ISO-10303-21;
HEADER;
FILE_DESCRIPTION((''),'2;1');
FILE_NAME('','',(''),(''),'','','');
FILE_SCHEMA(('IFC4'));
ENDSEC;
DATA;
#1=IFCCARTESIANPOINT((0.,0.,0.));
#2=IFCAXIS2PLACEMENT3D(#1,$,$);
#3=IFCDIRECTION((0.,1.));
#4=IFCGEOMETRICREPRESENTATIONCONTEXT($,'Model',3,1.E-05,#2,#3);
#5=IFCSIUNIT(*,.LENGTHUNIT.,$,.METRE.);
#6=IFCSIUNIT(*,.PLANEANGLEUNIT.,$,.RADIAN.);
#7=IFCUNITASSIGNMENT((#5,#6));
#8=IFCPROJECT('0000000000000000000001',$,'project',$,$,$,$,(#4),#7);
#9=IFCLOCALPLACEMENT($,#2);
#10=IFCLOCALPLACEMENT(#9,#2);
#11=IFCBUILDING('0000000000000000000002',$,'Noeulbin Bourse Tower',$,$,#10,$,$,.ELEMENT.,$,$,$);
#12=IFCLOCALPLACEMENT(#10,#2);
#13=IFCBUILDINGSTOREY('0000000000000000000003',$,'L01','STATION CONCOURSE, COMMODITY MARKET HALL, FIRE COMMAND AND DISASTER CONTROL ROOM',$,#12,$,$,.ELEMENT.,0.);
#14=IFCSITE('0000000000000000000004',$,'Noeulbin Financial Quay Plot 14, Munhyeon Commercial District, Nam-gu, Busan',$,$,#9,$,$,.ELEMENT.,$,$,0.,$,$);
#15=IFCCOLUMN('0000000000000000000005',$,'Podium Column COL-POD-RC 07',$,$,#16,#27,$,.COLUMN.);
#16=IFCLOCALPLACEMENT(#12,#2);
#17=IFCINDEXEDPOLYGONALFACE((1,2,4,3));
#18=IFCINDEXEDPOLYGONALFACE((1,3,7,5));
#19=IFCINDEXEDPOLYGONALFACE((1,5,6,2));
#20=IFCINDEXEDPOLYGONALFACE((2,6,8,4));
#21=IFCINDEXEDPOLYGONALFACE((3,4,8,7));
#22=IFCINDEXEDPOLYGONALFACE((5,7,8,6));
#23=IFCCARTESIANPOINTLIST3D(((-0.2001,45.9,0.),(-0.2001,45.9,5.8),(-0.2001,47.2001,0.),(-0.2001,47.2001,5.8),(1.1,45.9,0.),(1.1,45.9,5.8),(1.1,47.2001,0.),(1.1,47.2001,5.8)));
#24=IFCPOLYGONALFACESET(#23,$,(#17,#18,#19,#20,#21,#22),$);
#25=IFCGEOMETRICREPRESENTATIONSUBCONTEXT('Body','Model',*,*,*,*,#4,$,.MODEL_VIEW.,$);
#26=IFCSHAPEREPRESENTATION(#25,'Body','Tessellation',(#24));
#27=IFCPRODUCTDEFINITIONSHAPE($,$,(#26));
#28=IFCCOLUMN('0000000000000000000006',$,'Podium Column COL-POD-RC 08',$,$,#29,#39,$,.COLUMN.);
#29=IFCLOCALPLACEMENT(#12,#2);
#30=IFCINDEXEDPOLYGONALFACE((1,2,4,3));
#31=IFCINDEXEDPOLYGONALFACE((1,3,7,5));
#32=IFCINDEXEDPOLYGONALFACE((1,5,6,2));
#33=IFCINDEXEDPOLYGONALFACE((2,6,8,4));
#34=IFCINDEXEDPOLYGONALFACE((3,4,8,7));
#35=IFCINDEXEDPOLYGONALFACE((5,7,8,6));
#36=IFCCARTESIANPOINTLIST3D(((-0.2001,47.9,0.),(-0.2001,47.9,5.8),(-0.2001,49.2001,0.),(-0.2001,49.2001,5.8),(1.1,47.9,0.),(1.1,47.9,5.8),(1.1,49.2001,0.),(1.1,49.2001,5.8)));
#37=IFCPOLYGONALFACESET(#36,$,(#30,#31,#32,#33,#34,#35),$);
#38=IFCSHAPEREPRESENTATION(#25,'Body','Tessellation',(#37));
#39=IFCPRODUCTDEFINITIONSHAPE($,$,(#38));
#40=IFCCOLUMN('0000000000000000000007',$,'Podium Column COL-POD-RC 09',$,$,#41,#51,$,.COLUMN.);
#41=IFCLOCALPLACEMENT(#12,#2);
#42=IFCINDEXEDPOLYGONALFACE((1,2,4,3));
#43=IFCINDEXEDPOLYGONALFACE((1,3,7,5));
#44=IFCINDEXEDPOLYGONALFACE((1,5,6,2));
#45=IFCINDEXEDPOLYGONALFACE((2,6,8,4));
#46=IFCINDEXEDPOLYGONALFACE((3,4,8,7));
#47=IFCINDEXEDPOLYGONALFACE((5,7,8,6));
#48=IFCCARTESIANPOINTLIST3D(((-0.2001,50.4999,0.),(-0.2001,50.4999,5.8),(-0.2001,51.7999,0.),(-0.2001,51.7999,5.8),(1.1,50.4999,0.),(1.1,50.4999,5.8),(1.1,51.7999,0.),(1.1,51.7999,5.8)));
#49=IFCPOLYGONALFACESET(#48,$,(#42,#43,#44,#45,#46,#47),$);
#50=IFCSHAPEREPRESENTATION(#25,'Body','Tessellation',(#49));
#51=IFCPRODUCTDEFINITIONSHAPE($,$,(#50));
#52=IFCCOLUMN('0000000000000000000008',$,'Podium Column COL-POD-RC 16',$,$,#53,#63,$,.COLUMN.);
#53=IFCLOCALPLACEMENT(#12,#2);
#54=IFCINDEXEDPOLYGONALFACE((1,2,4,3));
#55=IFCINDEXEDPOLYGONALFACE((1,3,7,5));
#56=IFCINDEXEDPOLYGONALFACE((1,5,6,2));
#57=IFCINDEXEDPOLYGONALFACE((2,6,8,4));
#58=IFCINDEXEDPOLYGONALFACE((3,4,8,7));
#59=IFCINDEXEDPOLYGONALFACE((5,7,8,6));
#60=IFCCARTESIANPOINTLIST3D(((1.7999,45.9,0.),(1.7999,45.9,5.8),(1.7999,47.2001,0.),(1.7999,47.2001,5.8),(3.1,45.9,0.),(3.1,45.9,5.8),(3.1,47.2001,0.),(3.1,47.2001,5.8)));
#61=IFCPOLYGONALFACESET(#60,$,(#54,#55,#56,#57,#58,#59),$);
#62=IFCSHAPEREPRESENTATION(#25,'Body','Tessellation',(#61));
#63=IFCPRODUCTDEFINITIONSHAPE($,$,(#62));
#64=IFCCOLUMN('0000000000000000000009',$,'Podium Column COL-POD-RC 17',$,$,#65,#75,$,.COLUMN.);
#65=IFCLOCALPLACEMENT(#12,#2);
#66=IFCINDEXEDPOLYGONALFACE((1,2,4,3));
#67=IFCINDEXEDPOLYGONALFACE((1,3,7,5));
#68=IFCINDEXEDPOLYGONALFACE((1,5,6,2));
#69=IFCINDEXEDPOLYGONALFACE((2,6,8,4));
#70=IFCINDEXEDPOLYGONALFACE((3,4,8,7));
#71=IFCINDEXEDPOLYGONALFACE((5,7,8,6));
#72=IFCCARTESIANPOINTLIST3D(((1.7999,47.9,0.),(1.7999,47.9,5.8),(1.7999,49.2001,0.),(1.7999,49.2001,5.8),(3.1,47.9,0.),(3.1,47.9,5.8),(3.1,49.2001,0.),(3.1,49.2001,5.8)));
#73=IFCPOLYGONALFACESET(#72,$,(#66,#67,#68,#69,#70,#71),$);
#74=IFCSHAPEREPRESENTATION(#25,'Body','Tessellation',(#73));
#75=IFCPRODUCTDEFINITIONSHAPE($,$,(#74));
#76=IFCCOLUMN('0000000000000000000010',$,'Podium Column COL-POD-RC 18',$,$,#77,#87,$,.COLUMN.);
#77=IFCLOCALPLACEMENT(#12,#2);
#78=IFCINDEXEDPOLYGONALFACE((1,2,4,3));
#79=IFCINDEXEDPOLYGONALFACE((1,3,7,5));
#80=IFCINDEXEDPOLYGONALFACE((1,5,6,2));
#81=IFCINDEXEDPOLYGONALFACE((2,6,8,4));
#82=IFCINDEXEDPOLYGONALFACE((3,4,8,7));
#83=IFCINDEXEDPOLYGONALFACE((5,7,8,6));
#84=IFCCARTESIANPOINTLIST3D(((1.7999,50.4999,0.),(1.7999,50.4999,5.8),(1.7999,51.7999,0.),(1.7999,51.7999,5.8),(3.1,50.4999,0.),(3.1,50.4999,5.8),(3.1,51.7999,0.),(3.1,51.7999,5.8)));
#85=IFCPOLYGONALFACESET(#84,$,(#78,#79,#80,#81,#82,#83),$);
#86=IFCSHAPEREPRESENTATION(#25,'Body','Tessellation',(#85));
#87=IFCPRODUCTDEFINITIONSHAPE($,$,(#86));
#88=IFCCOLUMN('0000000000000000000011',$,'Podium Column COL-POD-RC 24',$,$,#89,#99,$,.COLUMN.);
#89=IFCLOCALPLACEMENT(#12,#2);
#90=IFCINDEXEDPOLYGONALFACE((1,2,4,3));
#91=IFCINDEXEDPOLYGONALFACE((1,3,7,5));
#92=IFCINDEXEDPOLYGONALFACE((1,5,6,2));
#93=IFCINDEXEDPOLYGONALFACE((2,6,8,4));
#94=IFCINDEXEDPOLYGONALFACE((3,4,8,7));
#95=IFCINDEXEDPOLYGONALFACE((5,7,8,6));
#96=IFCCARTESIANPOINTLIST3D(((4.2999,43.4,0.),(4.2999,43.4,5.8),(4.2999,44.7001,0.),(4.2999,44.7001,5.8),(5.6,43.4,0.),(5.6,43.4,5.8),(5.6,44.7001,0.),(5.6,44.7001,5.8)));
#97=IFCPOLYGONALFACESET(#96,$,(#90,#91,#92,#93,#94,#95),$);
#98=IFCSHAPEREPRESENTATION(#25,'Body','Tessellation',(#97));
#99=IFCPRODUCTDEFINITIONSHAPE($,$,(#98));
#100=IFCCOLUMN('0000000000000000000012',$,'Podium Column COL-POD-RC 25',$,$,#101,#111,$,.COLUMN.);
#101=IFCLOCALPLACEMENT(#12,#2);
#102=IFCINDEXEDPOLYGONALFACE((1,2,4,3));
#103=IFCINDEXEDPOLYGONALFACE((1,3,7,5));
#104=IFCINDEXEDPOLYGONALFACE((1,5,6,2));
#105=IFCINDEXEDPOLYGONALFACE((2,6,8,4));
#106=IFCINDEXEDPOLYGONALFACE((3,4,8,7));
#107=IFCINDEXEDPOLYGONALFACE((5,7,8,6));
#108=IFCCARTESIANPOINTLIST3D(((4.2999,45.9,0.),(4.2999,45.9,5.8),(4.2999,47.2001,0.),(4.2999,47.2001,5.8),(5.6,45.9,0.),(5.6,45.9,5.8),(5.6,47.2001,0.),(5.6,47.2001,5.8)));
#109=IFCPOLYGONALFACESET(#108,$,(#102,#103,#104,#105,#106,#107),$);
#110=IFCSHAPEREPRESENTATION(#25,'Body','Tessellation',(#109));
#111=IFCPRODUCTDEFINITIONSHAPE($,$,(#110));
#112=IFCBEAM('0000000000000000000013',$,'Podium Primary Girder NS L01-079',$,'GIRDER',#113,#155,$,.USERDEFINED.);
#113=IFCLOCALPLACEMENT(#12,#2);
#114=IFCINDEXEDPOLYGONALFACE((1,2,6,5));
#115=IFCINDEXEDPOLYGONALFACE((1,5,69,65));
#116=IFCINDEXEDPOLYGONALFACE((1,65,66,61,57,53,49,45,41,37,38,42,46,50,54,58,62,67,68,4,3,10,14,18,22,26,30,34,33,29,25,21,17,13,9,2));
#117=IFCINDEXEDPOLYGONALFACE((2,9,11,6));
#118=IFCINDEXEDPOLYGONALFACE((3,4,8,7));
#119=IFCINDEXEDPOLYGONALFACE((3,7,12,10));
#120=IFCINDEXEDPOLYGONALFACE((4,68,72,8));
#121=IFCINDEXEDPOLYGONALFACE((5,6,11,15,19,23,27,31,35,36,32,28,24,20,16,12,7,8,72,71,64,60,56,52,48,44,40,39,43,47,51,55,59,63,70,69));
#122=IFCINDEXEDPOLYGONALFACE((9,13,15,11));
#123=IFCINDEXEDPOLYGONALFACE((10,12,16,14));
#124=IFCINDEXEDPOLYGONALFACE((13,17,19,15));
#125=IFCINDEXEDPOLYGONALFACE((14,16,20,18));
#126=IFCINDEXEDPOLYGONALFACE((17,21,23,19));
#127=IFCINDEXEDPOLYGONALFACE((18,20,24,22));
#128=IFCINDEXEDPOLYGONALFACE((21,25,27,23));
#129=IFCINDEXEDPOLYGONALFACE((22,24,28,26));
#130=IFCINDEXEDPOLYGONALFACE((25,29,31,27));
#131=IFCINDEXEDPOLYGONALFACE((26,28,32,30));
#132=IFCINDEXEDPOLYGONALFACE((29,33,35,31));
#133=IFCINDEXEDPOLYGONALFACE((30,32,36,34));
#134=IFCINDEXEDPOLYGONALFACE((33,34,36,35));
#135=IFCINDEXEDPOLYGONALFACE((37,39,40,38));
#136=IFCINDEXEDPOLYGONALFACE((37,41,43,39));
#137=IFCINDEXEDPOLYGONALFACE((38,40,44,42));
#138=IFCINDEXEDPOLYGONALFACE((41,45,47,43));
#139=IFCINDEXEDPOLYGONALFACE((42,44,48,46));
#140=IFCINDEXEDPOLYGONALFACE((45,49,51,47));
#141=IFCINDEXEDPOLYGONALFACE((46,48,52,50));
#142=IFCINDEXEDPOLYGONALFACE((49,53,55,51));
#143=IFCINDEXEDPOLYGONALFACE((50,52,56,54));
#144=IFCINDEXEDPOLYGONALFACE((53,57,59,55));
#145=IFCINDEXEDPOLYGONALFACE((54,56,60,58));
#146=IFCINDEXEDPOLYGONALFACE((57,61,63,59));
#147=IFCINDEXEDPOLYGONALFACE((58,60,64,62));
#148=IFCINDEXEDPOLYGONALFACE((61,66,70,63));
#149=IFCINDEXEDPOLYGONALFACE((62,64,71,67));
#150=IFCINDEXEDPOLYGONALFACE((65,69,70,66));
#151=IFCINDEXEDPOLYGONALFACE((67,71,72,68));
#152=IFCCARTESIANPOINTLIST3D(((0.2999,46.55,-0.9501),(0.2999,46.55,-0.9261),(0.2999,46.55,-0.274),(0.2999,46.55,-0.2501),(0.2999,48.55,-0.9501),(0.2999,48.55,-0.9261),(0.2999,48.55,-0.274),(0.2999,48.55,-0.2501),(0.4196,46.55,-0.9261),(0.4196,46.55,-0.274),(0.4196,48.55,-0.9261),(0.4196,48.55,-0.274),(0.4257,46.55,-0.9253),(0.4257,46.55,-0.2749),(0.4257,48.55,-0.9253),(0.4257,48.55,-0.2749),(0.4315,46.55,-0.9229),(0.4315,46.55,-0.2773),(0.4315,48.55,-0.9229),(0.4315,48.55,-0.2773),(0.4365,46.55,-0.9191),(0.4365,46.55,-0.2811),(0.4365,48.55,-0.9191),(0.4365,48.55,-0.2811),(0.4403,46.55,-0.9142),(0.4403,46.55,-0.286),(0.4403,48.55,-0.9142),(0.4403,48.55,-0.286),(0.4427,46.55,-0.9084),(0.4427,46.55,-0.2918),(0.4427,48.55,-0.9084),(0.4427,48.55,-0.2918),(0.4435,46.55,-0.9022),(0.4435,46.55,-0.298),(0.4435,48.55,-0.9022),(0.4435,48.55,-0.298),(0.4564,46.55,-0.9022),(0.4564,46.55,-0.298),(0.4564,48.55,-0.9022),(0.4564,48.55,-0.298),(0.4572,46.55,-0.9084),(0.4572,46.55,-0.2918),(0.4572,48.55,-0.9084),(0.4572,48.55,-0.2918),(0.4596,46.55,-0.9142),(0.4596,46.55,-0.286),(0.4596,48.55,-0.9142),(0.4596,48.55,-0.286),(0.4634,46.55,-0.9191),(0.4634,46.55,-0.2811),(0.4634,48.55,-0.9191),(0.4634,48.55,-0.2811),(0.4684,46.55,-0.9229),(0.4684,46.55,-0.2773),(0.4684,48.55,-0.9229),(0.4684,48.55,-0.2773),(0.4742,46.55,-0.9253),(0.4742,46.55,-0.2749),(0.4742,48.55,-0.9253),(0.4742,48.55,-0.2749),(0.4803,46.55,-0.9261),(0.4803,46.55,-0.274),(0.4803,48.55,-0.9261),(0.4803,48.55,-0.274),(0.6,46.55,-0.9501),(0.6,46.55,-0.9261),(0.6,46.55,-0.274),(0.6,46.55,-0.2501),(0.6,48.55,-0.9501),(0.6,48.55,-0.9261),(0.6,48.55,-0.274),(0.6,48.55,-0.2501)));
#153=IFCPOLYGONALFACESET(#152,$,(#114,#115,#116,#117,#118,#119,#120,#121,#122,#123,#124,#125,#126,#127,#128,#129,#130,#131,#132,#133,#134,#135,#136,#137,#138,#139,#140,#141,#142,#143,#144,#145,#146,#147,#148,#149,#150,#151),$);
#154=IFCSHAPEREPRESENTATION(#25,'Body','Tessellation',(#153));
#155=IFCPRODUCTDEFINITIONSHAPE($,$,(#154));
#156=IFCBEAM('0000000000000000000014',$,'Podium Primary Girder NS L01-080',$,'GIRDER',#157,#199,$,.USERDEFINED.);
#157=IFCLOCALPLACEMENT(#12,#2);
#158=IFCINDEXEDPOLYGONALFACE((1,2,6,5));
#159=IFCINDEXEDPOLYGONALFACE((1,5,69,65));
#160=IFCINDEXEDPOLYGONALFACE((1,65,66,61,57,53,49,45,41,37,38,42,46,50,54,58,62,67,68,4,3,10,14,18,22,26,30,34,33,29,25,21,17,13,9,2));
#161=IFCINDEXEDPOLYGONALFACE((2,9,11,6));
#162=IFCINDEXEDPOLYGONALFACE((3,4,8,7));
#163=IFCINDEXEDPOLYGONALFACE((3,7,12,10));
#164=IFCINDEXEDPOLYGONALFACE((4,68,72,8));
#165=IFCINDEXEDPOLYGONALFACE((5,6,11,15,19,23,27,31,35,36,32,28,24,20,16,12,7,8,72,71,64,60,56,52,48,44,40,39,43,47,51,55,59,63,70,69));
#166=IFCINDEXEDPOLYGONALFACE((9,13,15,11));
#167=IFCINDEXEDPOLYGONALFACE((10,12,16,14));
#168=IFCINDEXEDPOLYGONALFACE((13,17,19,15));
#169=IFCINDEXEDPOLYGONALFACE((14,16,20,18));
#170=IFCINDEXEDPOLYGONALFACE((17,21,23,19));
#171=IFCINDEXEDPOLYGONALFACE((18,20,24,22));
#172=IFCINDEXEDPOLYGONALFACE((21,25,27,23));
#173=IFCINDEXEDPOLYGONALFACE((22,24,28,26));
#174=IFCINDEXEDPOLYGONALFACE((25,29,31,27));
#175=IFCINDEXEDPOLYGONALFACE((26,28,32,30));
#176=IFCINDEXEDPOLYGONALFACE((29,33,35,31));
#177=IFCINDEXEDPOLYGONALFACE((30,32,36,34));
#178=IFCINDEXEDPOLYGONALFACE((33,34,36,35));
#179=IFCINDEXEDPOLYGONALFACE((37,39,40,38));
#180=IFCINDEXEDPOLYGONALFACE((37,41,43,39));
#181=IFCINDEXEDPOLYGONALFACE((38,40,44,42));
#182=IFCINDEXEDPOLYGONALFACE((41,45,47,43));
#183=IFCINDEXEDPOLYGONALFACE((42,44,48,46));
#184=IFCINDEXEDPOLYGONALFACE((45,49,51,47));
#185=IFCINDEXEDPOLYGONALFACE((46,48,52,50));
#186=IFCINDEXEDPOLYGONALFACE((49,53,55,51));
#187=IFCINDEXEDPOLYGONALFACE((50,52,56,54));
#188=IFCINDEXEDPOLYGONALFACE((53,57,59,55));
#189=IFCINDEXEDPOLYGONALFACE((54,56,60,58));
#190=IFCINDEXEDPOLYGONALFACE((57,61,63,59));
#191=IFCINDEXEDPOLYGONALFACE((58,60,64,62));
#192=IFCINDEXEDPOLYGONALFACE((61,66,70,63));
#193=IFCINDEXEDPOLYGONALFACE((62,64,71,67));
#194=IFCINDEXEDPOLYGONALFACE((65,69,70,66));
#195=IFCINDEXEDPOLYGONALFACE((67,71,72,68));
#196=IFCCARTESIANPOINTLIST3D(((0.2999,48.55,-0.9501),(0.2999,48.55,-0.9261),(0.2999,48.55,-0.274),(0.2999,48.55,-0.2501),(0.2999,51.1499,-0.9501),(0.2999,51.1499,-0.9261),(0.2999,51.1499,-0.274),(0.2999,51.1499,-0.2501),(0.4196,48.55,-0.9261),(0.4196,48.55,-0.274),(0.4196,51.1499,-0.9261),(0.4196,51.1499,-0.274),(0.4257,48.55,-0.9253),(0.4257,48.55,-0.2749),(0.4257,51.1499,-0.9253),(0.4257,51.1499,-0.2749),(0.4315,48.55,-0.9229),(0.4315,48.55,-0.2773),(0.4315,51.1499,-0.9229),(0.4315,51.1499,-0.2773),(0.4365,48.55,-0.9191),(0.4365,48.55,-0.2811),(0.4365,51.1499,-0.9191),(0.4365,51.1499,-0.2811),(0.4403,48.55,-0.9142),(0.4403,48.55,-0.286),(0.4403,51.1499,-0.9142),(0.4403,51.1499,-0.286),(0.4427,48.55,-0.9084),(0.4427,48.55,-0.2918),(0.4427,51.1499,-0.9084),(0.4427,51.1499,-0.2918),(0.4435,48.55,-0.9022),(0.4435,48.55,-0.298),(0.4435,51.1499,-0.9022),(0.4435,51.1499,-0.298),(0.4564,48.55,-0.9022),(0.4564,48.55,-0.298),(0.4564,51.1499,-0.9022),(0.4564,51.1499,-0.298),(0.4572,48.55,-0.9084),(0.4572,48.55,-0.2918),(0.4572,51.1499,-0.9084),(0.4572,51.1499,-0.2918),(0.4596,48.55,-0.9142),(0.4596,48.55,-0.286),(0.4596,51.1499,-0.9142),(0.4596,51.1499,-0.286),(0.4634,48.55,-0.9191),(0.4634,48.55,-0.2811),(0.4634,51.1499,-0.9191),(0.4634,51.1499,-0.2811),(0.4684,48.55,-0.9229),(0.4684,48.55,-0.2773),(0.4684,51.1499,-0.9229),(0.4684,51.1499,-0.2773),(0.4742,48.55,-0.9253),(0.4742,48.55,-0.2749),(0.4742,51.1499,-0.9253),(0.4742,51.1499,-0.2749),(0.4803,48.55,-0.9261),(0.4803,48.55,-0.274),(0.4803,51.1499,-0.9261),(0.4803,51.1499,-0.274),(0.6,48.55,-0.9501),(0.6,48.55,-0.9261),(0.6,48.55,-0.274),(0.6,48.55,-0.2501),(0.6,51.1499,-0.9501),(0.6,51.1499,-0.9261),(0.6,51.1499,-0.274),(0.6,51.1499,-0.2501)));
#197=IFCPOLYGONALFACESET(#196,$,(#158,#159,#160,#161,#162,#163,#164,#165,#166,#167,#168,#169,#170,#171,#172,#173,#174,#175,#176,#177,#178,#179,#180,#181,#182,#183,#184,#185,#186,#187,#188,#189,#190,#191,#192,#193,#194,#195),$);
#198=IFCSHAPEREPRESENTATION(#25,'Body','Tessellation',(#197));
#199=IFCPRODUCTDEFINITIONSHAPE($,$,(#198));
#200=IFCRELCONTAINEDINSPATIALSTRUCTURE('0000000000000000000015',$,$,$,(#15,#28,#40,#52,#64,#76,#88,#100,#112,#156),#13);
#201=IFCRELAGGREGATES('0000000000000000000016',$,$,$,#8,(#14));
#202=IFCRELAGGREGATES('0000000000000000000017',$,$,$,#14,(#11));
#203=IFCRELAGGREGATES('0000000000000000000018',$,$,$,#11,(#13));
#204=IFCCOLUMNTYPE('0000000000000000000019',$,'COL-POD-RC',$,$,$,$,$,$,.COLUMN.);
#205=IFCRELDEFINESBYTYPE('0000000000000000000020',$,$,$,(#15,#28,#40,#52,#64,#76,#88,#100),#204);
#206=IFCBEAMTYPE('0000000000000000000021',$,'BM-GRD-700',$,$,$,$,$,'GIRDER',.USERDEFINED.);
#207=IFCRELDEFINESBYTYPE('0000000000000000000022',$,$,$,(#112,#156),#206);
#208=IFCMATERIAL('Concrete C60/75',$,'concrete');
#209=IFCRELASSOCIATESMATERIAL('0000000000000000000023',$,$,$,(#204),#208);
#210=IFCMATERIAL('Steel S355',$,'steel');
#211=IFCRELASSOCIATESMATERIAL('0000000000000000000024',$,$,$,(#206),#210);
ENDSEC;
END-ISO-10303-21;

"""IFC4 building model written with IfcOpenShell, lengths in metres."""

from ifc_helpers import new_model, si_unit, direction, frame, origin, origin_2d, place, context, subcontext, project, spatial, rectangle, i_section, extrude, material, material_profile, profile_set, type_object, element, save


model = new_model("IFC4")

# Units and contexts
model_context = context("Model", 3, precision=1e-05, world=origin(), true_north=direction((0.0, 1.0)))
body_context = subcontext(model_context, "Body", "Model", "MODEL_VIEW")
ifc_project = project(units=[si_unit("LENGTHUNIT", "METRE"), si_unit("PLANEANGLEUNIT", "RADIAN")], contexts=[model_context])

# Site, building, storey
site_placement = place(None, origin())
site = spatial("IfcSite", under=ifc_project, at=site_placement, Name="Noeulbin Financial Quay Plot 14, Munhyeon Commercial District, Nam-gu, Busan", CompositionType="ELEMENT", RefElevation=0.0)
building_placement = place(site_placement, origin())
building = spatial("IfcBuilding", under=site, at=building_placement, Name="Noeulbin Bourse Tower", CompositionType="ELEMENT")
storey_placement = place(building_placement, origin())
storey = spatial("IfcBuildingStorey", under=building, at=storey_placement, Name="L01", Description="STATION CONCOURSE, COMMODITY MARKET HALL, FIRE COMMAND AND DISASTER CONTROL ROOM", CompositionType="ELEMENT", Elevation=0.0)

# Columns
ifc_material_1 = material(Name="Concrete C60/75", Category="concrete")
ifc_material_profile_1 = material_profile(ifc_material_1, rectangle(XDim=1.3, YDim=1.3, at=origin_2d()), Name="RC-COL-1300x1300", Category="LoadBearing")
ifc_profile_set_1 = profile_set([ifc_material_profile_1], Name="Concrete C60/75")
column_type = type_object("IfcColumnType", Name="COL-POD-RC", PredefinedType="COLUMN", material=ifc_profile_set_1)
for number, where, z_axis, x_axis, name in (
    (1, (0.45, 46.55, 0.0), (0.0, 0.0, 1.0), (1.0, 0.0, 0.0), "Podium Column COL-POD-RC 07"),
    (2, (0.45, 48.55, 0.0), (0.0, 0.0, 1.0), (1.0, 0.0, 0.0), "Podium Column COL-POD-RC 08"),
    (3, (0.45, 51.1499, 0.0), (0.0, 0.0, 1.0), (1.0, 0.0, 0.0), "Podium Column COL-POD-RC 09"),
    (4, (2.45, 46.55, 0.0), (0.0, 0.0, 1.0), (1.0, 0.0, 0.0), "Podium Column COL-POD-RC 16"),
    (5, (2.45, 48.55, 0.0), (0.0, 0.0, 1.0), (1.0, 0.0, 0.0), "Podium Column COL-POD-RC 17"),
    (6, (2.45, 51.1499, 0.0), (0.0, 0.0, 1.0), (1.0, 0.0, 0.0), "Podium Column COL-POD-RC 18"),
    (7, (4.95, 44.05, 0.0), (0.0, 0.0, 1.0), (1.0, 0.0, 0.0), "Podium Column COL-POD-RC 24"),
    (8, (4.95, 46.55, 0.0), (0.0, 0.0, 1.0), (1.0, 0.0, 0.0), "Podium Column COL-POD-RC 25"),
):
    element("IfcColumn", number, at=place(storey_placement, frame(where, z_axis=z_axis, x_axis=x_axis)), inside=storey, type_object=column_type, Name=name, PredefinedType="COLUMN", context=body_context, shape_type="SweptSolid", body=[
        extrude(rectangle(XDim=1.3, YDim=1.3, at=origin_2d()), origin(), (0.0, 0.0, 1.0), 5.8),
    ])

# Beams
ifc_material_2 = material(Name="Steel S355", Category="steel")
ifc_material_profile_2 = material_profile(ifc_material_2, i_section(OverallWidth=0.3, OverallDepth=0.7, WebThickness=0.0129, FlangeThickness=0.0239, FilletRadius=0.0239, at=origin_2d()), Name="H-700x300x13x24", Category="LoadBearing")
ifc_profile_set_2 = profile_set([ifc_material_profile_2], Name="Steel S355")
beam_type_1 = type_object("IfcBeamType", Name="BM-GRD-700", ElementType="GIRDER", PredefinedType="USERDEFINED", material=ifc_profile_set_2)
beam_1_placement = place(storey_placement, frame((0.45, 46.55, -0.6001), z_axis=(0.0, 1.0, 0.0), x_axis=(-1.0, 0.0, 0.0)))
element("IfcBeam", 9, at=beam_1_placement, inside=storey, type_object=beam_type_1, Name="Podium Primary Girder NS L01-079", ObjectType="GIRDER", PredefinedType="USERDEFINED", context=body_context, shape_type="SweptSolid", body=[
    extrude(i_section(OverallWidth=0.3, OverallDepth=0.7, WebThickness=0.0129, FlangeThickness=0.0239, FilletRadius=0.0239, at=origin_2d()), origin(), (0.0, 0.0, 1.0), 2.0),
])
beam_2_placement = place(storey_placement, frame((0.45, 48.55, -0.6001), z_axis=(0.0, 1.0, 0.0), x_axis=(-1.0, 0.0, 0.0)))
element("IfcBeam", 10, at=beam_2_placement, inside=storey, type_object=beam_type_1, Name="Podium Primary Girder NS L01-080", ObjectType="GIRDER", PredefinedType="USERDEFINED", context=body_context, shape_type="SweptSolid", body=[
    extrude(i_section(OverallWidth=0.3, OverallDepth=0.7, WebThickness=0.0129, FlangeThickness=0.0239, FilletRadius=0.0239, at=origin_2d()), origin(), (0.0, 0.0, 1.0), 2.5999),
])

save(model, "model.ifc")
